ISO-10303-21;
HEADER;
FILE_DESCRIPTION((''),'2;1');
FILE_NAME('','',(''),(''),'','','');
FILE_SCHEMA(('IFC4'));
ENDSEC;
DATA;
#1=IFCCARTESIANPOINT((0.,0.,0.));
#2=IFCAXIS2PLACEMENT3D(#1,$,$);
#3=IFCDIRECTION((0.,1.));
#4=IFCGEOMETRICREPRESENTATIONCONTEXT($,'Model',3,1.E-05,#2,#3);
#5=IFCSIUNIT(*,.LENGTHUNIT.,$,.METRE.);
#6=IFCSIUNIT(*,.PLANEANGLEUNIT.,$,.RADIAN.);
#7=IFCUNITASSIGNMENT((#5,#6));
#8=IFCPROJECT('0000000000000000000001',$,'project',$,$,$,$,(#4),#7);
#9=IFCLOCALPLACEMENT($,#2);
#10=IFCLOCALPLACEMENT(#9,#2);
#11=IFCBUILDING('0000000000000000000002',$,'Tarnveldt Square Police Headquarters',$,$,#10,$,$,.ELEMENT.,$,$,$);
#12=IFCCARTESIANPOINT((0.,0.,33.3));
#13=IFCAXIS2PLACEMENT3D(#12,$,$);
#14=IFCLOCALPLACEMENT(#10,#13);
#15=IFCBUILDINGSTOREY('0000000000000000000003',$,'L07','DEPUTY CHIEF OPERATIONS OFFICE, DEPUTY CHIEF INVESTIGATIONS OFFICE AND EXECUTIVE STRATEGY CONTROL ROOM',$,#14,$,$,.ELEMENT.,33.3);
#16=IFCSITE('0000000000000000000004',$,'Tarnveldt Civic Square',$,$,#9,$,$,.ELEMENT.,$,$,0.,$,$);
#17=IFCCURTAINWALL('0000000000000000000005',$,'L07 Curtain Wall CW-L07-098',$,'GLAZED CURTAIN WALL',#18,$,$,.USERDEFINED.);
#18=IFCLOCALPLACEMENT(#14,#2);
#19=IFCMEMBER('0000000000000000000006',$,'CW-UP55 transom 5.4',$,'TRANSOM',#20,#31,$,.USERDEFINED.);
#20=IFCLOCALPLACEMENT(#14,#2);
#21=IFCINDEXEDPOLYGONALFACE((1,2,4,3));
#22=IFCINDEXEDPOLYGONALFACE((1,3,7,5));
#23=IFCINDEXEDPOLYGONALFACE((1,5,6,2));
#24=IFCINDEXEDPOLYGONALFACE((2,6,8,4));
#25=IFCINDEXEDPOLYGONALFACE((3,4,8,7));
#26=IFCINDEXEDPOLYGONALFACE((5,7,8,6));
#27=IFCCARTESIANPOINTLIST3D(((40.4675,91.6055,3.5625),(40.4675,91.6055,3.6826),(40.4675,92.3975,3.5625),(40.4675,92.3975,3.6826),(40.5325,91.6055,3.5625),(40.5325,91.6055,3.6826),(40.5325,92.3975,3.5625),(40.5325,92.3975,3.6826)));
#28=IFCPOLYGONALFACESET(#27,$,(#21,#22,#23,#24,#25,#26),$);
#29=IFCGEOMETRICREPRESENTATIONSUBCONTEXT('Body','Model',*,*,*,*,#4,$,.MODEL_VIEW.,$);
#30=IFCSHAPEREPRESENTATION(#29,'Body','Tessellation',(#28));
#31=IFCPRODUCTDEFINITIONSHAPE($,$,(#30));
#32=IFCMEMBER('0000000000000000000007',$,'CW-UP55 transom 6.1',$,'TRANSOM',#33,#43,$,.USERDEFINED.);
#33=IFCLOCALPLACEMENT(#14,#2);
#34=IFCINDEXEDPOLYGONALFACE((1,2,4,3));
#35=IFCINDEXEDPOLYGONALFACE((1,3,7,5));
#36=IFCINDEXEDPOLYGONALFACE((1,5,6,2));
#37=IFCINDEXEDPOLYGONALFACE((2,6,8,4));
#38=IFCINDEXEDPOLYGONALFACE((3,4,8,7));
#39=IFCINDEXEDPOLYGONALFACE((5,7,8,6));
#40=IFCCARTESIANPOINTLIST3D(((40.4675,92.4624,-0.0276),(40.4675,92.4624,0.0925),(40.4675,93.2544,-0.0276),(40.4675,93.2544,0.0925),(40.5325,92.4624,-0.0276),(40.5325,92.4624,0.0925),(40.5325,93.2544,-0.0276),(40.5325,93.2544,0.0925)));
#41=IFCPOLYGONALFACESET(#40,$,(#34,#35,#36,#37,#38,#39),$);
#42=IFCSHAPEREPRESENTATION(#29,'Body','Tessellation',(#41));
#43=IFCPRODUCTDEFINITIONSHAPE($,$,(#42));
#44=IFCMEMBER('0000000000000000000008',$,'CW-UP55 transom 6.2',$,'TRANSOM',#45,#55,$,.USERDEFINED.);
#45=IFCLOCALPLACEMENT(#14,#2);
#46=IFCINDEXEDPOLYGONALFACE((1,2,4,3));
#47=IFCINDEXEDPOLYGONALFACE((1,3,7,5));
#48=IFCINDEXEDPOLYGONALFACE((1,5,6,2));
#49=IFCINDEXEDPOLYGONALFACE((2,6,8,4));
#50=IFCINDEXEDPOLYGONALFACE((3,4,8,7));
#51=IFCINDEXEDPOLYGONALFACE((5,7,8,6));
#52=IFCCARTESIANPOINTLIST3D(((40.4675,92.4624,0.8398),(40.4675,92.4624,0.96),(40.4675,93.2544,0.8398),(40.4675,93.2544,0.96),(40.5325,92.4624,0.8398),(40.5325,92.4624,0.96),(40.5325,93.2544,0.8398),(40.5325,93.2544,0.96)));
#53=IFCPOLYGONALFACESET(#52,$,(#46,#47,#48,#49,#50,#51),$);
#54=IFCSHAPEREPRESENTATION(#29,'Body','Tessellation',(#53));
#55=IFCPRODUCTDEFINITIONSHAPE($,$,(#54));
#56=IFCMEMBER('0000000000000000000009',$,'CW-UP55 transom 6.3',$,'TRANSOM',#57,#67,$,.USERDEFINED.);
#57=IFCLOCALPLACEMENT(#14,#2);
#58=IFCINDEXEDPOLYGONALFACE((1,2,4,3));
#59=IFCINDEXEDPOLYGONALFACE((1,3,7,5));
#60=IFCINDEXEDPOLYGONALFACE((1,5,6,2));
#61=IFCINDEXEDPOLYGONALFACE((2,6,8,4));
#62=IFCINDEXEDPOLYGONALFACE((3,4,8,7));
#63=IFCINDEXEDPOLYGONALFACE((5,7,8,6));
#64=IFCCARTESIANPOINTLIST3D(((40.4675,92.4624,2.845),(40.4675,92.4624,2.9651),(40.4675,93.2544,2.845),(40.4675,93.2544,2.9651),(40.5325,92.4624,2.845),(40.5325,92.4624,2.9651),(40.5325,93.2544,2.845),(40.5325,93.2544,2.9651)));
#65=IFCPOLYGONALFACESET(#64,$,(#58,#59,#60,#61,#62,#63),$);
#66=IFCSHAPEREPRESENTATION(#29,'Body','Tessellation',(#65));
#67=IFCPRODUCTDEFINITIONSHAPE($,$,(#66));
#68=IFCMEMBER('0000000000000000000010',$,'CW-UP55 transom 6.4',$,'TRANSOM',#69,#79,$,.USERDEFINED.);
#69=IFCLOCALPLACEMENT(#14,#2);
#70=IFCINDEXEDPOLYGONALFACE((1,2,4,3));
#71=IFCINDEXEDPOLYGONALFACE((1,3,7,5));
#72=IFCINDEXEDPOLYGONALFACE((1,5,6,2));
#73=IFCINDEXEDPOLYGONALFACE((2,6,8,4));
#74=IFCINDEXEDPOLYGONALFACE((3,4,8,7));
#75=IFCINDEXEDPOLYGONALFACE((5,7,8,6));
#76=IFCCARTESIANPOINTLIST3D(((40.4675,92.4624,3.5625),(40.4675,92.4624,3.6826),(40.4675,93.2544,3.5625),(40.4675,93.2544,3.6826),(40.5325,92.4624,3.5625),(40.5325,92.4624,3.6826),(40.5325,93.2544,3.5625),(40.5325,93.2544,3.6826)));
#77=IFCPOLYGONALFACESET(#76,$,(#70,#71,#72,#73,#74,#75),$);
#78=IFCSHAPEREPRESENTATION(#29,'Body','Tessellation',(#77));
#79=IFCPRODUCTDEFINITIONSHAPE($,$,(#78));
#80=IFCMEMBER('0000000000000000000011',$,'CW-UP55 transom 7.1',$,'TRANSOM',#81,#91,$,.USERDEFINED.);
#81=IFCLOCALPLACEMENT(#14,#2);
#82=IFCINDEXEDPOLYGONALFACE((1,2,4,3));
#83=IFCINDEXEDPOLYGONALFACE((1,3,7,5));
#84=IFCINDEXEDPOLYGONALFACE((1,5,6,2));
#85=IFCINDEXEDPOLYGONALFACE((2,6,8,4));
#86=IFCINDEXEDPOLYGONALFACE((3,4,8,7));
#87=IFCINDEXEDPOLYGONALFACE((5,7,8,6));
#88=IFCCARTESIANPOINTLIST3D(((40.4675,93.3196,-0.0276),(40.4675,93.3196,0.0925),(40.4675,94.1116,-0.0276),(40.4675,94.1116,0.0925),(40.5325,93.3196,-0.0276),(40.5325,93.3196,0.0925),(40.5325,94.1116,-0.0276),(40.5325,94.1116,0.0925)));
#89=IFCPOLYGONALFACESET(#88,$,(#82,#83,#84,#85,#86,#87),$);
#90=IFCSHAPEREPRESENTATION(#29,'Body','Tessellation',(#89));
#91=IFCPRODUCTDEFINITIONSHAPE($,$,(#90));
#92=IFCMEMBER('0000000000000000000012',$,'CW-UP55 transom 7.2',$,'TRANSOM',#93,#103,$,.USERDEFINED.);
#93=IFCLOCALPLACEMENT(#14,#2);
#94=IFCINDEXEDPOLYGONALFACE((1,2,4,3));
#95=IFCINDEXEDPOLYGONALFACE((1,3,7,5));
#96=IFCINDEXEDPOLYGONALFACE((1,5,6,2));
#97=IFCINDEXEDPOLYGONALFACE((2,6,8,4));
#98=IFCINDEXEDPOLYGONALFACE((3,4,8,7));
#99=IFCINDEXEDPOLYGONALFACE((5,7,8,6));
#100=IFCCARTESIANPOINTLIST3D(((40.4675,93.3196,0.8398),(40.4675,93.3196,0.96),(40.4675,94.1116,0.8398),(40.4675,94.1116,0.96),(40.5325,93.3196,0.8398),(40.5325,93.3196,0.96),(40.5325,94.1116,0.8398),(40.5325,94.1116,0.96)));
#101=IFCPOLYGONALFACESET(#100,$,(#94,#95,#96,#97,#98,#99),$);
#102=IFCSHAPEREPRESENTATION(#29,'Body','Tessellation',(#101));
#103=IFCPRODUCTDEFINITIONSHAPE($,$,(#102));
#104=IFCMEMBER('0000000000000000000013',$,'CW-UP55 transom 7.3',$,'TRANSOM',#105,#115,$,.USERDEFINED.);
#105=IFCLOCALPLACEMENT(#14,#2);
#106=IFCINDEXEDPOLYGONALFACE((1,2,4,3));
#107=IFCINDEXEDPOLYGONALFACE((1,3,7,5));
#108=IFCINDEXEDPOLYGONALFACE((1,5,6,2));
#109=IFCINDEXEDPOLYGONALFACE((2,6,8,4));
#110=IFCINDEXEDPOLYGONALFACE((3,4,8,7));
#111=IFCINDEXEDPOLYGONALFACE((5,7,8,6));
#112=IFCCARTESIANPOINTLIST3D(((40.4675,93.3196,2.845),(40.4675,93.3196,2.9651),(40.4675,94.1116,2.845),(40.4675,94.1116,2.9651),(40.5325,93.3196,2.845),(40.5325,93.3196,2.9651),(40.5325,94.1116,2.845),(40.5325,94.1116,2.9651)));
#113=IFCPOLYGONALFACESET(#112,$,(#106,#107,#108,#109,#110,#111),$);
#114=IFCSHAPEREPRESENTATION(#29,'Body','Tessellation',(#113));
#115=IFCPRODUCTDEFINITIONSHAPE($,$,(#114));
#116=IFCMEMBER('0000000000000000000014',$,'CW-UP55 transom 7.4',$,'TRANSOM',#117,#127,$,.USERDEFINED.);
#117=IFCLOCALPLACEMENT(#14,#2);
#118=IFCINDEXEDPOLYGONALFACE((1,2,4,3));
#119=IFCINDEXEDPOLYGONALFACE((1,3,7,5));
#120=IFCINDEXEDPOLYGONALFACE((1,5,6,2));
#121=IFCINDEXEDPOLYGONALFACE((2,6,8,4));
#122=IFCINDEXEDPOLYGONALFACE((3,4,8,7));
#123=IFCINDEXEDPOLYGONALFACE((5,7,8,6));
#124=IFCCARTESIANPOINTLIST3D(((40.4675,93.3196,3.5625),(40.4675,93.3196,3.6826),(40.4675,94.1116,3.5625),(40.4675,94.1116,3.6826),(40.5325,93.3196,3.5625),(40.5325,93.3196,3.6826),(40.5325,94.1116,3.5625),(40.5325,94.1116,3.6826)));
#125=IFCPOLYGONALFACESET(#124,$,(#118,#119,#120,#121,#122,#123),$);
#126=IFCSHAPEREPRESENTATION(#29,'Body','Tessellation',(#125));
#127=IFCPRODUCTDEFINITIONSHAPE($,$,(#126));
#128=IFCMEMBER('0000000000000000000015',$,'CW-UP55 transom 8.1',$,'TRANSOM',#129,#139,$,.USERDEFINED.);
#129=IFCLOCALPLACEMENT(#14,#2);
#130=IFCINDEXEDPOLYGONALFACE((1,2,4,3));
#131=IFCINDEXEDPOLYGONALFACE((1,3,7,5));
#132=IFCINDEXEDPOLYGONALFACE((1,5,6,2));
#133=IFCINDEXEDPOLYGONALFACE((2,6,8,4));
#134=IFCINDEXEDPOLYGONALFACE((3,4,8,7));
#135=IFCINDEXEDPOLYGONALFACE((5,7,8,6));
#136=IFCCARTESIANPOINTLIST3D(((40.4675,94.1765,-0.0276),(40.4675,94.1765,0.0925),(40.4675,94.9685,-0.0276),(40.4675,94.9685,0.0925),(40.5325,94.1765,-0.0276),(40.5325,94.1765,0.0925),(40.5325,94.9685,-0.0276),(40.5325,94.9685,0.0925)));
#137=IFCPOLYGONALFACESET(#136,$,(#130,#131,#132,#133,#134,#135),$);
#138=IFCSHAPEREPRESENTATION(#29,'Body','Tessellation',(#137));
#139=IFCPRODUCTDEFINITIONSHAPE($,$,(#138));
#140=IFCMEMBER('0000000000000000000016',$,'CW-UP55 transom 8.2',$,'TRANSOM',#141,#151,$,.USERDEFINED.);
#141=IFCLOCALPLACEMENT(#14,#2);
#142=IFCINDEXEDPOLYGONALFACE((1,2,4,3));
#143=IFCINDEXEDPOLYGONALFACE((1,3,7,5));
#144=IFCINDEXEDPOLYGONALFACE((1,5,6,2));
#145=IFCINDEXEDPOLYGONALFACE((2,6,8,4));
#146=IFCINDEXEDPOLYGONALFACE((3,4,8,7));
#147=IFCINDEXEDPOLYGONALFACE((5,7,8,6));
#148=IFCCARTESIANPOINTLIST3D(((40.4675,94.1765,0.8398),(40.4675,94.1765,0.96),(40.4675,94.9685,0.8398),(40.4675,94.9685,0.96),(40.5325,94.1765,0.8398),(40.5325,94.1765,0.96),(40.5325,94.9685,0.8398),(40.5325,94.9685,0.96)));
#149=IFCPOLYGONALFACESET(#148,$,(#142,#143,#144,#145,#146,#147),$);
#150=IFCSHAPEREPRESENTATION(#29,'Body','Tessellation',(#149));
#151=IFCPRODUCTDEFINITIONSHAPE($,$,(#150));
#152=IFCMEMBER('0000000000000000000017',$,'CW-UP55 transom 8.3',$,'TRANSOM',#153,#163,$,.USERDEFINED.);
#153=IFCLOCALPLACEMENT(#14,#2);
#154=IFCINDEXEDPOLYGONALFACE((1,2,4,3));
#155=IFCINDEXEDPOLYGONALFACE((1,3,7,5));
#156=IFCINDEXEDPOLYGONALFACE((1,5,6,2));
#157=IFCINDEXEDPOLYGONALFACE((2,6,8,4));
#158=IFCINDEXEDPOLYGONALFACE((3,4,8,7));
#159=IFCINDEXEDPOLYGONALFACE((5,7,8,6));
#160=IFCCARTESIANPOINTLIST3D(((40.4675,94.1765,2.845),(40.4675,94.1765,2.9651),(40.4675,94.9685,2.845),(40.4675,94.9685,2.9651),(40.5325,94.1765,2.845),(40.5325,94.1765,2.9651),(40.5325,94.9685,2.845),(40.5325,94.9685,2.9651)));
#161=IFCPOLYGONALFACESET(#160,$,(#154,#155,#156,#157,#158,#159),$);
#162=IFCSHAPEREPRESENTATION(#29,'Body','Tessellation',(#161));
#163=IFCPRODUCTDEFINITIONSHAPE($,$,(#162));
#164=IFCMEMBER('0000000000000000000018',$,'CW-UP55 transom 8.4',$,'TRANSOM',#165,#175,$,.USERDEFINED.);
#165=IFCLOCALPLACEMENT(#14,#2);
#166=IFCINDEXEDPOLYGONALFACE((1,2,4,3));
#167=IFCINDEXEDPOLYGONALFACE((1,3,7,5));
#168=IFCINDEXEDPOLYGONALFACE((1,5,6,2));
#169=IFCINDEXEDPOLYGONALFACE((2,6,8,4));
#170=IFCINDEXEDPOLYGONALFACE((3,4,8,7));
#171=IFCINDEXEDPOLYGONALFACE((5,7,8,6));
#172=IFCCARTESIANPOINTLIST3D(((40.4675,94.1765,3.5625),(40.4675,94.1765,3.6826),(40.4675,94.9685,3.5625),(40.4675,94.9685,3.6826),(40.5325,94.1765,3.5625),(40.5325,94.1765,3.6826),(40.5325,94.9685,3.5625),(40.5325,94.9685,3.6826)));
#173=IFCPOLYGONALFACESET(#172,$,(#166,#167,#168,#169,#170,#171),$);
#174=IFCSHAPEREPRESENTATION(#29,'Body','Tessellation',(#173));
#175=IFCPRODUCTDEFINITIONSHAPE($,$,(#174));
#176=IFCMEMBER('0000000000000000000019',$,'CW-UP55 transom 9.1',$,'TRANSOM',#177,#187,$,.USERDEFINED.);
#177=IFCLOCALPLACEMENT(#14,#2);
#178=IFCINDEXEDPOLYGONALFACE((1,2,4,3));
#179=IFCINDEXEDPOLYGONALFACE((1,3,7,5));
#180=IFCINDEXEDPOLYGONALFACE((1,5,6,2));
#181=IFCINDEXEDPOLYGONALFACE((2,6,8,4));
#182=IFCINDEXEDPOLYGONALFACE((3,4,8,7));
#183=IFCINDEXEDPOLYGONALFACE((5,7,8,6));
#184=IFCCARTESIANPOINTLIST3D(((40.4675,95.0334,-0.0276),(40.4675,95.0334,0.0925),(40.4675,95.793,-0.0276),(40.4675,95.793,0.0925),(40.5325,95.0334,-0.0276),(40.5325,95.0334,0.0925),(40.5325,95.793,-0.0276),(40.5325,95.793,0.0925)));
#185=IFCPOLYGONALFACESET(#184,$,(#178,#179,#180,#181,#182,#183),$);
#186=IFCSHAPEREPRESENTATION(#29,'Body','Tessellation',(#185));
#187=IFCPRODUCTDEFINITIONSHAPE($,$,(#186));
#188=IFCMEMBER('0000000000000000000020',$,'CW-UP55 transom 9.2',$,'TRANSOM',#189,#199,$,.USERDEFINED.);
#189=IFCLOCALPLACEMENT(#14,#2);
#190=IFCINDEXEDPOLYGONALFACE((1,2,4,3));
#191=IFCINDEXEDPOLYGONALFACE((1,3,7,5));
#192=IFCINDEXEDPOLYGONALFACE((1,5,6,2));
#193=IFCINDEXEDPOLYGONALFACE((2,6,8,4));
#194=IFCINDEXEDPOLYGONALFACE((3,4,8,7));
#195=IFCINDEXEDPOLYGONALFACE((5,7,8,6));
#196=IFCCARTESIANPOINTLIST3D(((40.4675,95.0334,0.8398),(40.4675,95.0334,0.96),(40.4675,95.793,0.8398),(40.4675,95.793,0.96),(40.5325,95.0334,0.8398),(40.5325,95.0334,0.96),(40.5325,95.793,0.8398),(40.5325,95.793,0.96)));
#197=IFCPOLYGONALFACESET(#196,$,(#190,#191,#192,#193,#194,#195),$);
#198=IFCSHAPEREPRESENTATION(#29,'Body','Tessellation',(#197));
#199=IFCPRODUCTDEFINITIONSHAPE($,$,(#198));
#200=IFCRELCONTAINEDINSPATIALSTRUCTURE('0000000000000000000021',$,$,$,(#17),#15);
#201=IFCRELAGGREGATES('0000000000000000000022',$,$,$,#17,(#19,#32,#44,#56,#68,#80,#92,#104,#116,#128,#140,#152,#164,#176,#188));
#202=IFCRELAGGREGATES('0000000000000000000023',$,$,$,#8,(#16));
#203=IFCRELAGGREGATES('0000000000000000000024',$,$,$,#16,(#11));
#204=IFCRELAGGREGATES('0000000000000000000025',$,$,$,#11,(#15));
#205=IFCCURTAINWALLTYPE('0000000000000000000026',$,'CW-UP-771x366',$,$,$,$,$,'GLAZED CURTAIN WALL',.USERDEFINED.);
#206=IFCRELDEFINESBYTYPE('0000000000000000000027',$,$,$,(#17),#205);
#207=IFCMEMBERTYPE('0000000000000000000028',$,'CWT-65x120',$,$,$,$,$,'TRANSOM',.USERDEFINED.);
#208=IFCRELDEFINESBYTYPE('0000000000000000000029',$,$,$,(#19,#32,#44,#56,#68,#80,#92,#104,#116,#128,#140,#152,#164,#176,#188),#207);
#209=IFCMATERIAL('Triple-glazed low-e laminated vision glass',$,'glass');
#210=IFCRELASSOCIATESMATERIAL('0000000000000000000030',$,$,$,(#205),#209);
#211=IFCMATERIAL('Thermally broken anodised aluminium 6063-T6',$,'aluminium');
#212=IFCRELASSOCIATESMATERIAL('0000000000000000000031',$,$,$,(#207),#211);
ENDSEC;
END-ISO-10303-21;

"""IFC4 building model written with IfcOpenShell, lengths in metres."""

from ifc_helpers import new_model, si_unit, direction, frame, origin, origin_2d, place, context, subcontext, project, spatial, rectangle, extrude, material, material_profile, profile_set, type_object, element, aggregate, save


model = new_model("IFC4")

# Units and contexts
model_context = context("Model", 3, precision=1e-05, world=origin(), true_north=direction((0.0, 1.0)))
body_context = subcontext(model_context, "Body", "Model", "MODEL_VIEW")
ifc_project = project(units=[si_unit("LENGTHUNIT", "METRE"), si_unit("PLANEANGLEUNIT", "RADIAN")], contexts=[model_context])

# Site, building, storey
site_placement = place(None, origin())
site = spatial("IfcSite", under=ifc_project, at=site_placement, Name="Tarnveldt Civic Square", CompositionType="ELEMENT", RefElevation=0.0)
building_placement = place(site_placement, origin())
building = spatial("IfcBuilding", under=site, at=building_placement, Name="Tarnveldt Square Police Headquarters", CompositionType="ELEMENT")
storey_placement = place(building_placement, frame((0.0, 0.0, 33.3)))
storey = spatial("IfcBuildingStorey", under=building, at=storey_placement, Name="L07", Description="DEPUTY CHIEF OPERATIONS OFFICE, DEPUTY CHIEF INVESTIGATIONS OFFICE AND EXECUTIVE STRATEGY CONTROL ROOM", CompositionType="ELEMENT", Elevation=33.3)

# Curtain wall, members
ifc_material_1 = material(Name="Triple-glazed low-e laminated vision glass", Category="glass")
curtain_wall_type = type_object("IfcCurtainWallType", Name="CW-UP-771x366", ElementType="GLAZED CURTAIN WALL", PredefinedType="USERDEFINED", material=ifc_material_1)
curtain_wall_placement = place(storey_placement, origin())
curtain_wall = element("IfcCurtainWall", 1, at=curtain_wall_placement, inside=storey, type_object=curtain_wall_type, Name="L07 Curtain Wall CW-L07-098", ObjectType="GLAZED CURTAIN WALL", PredefinedType="USERDEFINED")
ifc_material_2 = material(Name="Thermally broken anodised aluminium 6063-T6", Category="aluminium")
ifc_material_profile_1 = material_profile(ifc_material_2, rectangle(XDim=0.0649, YDim=0.1201, at=origin_2d()), Name="CW-T65x120")
ifc_profile_set_1 = profile_set([ifc_material_profile_1], Name="Thermally broken anodised aluminium 6063-T6")
member_type_1 = type_object("IfcMemberType", Name="CWT-65x120", ElementType="TRANSOM", PredefinedType="USERDEFINED", material=ifc_profile_set_1)
member_1_placement = place(storey_placement, frame((40.5, 91.6055, 3.6226), z_axis=(0.0, 1.0, 0.0), x_axis=(-1.0, 0.0, 0.0)))
member_1 = element("IfcMember", 2, at=member_1_placement, type_object=member_type_1, Name="CW-UP55 transom 5.4", ObjectType="TRANSOM", PredefinedType="USERDEFINED", context=body_context, shape_type="SweptSolid", body=[
    extrude(rectangle(XDim=0.0649, YDim=0.1201, at=origin_2d()), origin(), (0.0, 0.0, 1.0), 0.792),
])
member_2_placement = place(storey_placement, frame((40.5, 92.4624, 0.0325), z_axis=(0.0, 1.0, 0.0), x_axis=(-1.0, 0.0, 0.0)))
member_2 = element("IfcMember", 3, at=member_2_placement, type_object=member_type_1, Name="CW-UP55 transom 6.1", ObjectType="TRANSOM", PredefinedType="USERDEFINED", context=body_context, shape_type="SweptSolid", body=[
    extrude(rectangle(XDim=0.0649, YDim=0.1201, at=origin_2d()), origin(), (0.0, 0.0, 1.0), 0.792),
])
member_3_placement = place(storey_placement, frame((40.5, 92.4624, 0.8999), z_axis=(0.0, 1.0, 0.0), x_axis=(-1.0, 0.0, 0.0)))
member_3 = element("IfcMember", 4, at=member_3_placement, type_object=member_type_1, Name="CW-UP55 transom 6.2", ObjectType="TRANSOM", PredefinedType="USERDEFINED", context=body_context, shape_type="SweptSolid", body=[
    extrude(rectangle(XDim=0.0649, YDim=0.1201, at=origin_2d()), origin(), (0.0, 0.0, 1.0), 0.792),
])
member_4_placement = place(storey_placement, frame((40.5, 92.4624, 2.905), z_axis=(0.0, 1.0, 0.0), x_axis=(-1.0, 0.0, 0.0)))
member_4 = element("IfcMember", 5, at=member_4_placement, type_object=member_type_1, Name="CW-UP55 transom 6.3", ObjectType="TRANSOM", PredefinedType="USERDEFINED", context=body_context, shape_type="SweptSolid", body=[
    extrude(rectangle(XDim=0.0649, YDim=0.1201, at=origin_2d()), origin(), (0.0, 0.0, 1.0), 0.792),
])
member_5_placement = place(storey_placement, frame((40.5, 92.4624, 3.6226), z_axis=(0.0, 1.0, 0.0), x_axis=(-1.0, 0.0, 0.0)))
member_5 = element("IfcMember", 6, at=member_5_placement, type_object=member_type_1, Name="CW-UP55 transom 6.4", ObjectType="TRANSOM", PredefinedType="USERDEFINED", context=body_context, shape_type="SweptSolid", body=[
    extrude(rectangle(XDim=0.0649, YDim=0.1201, at=origin_2d()), origin(), (0.0, 0.0, 1.0), 0.792),
])
member_6_placement = place(storey_placement, frame((40.5, 93.3196, 0.0325), z_axis=(0.0, 1.0, 0.0), x_axis=(-1.0, 0.0, 0.0)))
member_6 = element("IfcMember", 7, at=member_6_placement, type_object=member_type_1, Name="CW-UP55 transom 7.1", ObjectType="TRANSOM", PredefinedType="USERDEFINED", context=body_context, shape_type="SweptSolid", body=[
    extrude(rectangle(XDim=0.0649, YDim=0.1201, at=origin_2d()), origin(), (0.0, 0.0, 1.0), 0.792),
])
member_7_placement = place(storey_placement, frame((40.5, 93.3196, 0.8999), z_axis=(0.0, 1.0, 0.0), x_axis=(-1.0, 0.0, 0.0)))
member_7 = element("IfcMember", 8, at=member_7_placement, type_object=member_type_1, Name="CW-UP55 transom 7.2", ObjectType="TRANSOM", PredefinedType="USERDEFINED", context=body_context, shape_type="SweptSolid", body=[
    extrude(rectangle(XDim=0.0649, YDim=0.1201, at=origin_2d()), origin(), (0.0, 0.0, 1.0), 0.792),
])
member_8_placement = place(storey_placement, frame((40.5, 93.3196, 2.905), z_axis=(0.0, 1.0, 0.0), x_axis=(-1.0, 0.0, 0.0)))
member_8 = element("IfcMember", 9, at=member_8_placement, type_object=member_type_1, Name="CW-UP55 transom 7.3", ObjectType="TRANSOM", PredefinedType="USERDEFINED", context=body_context, shape_type="SweptSolid", body=[
    extrude(rectangle(XDim=0.0649, YDim=0.1201, at=origin_2d()), origin(), (0.0, 0.0, 1.0), 0.792),
])
member_9_placement = place(storey_placement, frame((40.5, 93.3196, 3.6226), z_axis=(0.0, 1.0, 0.0), x_axis=(-1.0, 0.0, 0.0)))
member_9 = element("IfcMember", 10, at=member_9_placement, type_object=member_type_1, Name="CW-UP55 transom 7.4", ObjectType="TRANSOM", PredefinedType="USERDEFINED", context=body_context, shape_type="SweptSolid", body=[
    extrude(rectangle(XDim=0.0649, YDim=0.1201, at=origin_2d()), origin(), (0.0, 0.0, 1.0), 0.792),
])
member_10_placement = place(storey_placement, frame((40.5, 94.1765, 0.0325), z_axis=(0.0, 1.0, 0.0), x_axis=(-1.0, 0.0, 0.0)))
member_10 = element("IfcMember", 11, at=member_10_placement, type_object=member_type_1, Name="CW-UP55 transom 8.1", ObjectType="TRANSOM", PredefinedType="USERDEFINED", context=body_context, shape_type="SweptSolid", body=[
    extrude(rectangle(XDim=0.0649, YDim=0.1201, at=origin_2d()), origin(), (0.0, 0.0, 1.0), 0.792),
])
member_11_placement = place(storey_placement, frame((40.5, 94.1765, 0.8999), z_axis=(0.0, 1.0, 0.0), x_axis=(-1.0, 0.0, 0.0)))
member_11 = element("IfcMember", 12, at=member_11_placement, type_object=member_type_1, Name="CW-UP55 transom 8.2", ObjectType="TRANSOM", PredefinedType="USERDEFINED", context=body_context, shape_type="SweptSolid", body=[
    extrude(rectangle(XDim=0.0649, YDim=0.1201, at=origin_2d()), origin(), (0.0, 0.0, 1.0), 0.792),
])
member_12_placement = place(storey_placement, frame((40.5, 94.1765, 2.905), z_axis=(0.0, 1.0, 0.0), x_axis=(-1.0, 0.0, 0.0)))
member_12 = element("IfcMember", 13, at=member_12_placement, type_object=member_type_1, Name="CW-UP55 transom 8.3", ObjectType="TRANSOM", PredefinedType="USERDEFINED", context=body_context, shape_type="SweptSolid", body=[
    extrude(rectangle(XDim=0.0649, YDim=0.1201, at=origin_2d()), origin(), (0.0, 0.0, 1.0), 0.792),
])
member_13_placement = place(storey_placement, frame((40.5, 94.1765, 3.6226), z_axis=(0.0, 1.0, 0.0), x_axis=(-1.0, 0.0, 0.0)))
member_13 = element("IfcMember", 14, at=member_13_placement, type_object=member_type_1, Name="CW-UP55 transom 8.4", ObjectType="TRANSOM", PredefinedType="USERDEFINED", context=body_context, shape_type="SweptSolid", body=[
    extrude(rectangle(XDim=0.0649, YDim=0.1201, at=origin_2d()), origin(), (0.0, 0.0, 1.0), 0.792),
])
member_14_placement = place(storey_placement, frame((40.5, 95.0334, 0.0325), z_axis=(0.0, 1.0, 0.0), x_axis=(-1.0, 0.0, 0.0)))
member_14 = element("IfcMember", 15, at=member_14_placement, type_object=member_type_1, Name="CW-UP55 transom 9.1", ObjectType="TRANSOM", PredefinedType="USERDEFINED", context=body_context, shape_type="SweptSolid", body=[
    extrude(rectangle(XDim=0.0649, YDim=0.1201, at=origin_2d()), origin(), (0.0, 0.0, 1.0), 0.7595),
])
member_15_placement = place(storey_placement, frame((40.5, 95.0334, 0.8999), z_axis=(0.0, 1.0, 0.0), x_axis=(-1.0, 0.0, 0.0)))
member_15 = element("IfcMember", 16, at=member_15_placement, type_object=member_type_1, Name="CW-UP55 transom 9.2", ObjectType="TRANSOM", PredefinedType="USERDEFINED", context=body_context, shape_type="SweptSolid", body=[
    extrude(rectangle(XDim=0.0649, YDim=0.1201, at=origin_2d()), origin(), (0.0, 0.0, 1.0), 0.7595),
])
aggregate(curtain_wall, [member_1, member_2, member_3, member_4, member_5, member_6, member_7, member_8, member_9, member_10, member_11, member_12, member_13, member_14, member_15])

save(model, "model.ifc")
